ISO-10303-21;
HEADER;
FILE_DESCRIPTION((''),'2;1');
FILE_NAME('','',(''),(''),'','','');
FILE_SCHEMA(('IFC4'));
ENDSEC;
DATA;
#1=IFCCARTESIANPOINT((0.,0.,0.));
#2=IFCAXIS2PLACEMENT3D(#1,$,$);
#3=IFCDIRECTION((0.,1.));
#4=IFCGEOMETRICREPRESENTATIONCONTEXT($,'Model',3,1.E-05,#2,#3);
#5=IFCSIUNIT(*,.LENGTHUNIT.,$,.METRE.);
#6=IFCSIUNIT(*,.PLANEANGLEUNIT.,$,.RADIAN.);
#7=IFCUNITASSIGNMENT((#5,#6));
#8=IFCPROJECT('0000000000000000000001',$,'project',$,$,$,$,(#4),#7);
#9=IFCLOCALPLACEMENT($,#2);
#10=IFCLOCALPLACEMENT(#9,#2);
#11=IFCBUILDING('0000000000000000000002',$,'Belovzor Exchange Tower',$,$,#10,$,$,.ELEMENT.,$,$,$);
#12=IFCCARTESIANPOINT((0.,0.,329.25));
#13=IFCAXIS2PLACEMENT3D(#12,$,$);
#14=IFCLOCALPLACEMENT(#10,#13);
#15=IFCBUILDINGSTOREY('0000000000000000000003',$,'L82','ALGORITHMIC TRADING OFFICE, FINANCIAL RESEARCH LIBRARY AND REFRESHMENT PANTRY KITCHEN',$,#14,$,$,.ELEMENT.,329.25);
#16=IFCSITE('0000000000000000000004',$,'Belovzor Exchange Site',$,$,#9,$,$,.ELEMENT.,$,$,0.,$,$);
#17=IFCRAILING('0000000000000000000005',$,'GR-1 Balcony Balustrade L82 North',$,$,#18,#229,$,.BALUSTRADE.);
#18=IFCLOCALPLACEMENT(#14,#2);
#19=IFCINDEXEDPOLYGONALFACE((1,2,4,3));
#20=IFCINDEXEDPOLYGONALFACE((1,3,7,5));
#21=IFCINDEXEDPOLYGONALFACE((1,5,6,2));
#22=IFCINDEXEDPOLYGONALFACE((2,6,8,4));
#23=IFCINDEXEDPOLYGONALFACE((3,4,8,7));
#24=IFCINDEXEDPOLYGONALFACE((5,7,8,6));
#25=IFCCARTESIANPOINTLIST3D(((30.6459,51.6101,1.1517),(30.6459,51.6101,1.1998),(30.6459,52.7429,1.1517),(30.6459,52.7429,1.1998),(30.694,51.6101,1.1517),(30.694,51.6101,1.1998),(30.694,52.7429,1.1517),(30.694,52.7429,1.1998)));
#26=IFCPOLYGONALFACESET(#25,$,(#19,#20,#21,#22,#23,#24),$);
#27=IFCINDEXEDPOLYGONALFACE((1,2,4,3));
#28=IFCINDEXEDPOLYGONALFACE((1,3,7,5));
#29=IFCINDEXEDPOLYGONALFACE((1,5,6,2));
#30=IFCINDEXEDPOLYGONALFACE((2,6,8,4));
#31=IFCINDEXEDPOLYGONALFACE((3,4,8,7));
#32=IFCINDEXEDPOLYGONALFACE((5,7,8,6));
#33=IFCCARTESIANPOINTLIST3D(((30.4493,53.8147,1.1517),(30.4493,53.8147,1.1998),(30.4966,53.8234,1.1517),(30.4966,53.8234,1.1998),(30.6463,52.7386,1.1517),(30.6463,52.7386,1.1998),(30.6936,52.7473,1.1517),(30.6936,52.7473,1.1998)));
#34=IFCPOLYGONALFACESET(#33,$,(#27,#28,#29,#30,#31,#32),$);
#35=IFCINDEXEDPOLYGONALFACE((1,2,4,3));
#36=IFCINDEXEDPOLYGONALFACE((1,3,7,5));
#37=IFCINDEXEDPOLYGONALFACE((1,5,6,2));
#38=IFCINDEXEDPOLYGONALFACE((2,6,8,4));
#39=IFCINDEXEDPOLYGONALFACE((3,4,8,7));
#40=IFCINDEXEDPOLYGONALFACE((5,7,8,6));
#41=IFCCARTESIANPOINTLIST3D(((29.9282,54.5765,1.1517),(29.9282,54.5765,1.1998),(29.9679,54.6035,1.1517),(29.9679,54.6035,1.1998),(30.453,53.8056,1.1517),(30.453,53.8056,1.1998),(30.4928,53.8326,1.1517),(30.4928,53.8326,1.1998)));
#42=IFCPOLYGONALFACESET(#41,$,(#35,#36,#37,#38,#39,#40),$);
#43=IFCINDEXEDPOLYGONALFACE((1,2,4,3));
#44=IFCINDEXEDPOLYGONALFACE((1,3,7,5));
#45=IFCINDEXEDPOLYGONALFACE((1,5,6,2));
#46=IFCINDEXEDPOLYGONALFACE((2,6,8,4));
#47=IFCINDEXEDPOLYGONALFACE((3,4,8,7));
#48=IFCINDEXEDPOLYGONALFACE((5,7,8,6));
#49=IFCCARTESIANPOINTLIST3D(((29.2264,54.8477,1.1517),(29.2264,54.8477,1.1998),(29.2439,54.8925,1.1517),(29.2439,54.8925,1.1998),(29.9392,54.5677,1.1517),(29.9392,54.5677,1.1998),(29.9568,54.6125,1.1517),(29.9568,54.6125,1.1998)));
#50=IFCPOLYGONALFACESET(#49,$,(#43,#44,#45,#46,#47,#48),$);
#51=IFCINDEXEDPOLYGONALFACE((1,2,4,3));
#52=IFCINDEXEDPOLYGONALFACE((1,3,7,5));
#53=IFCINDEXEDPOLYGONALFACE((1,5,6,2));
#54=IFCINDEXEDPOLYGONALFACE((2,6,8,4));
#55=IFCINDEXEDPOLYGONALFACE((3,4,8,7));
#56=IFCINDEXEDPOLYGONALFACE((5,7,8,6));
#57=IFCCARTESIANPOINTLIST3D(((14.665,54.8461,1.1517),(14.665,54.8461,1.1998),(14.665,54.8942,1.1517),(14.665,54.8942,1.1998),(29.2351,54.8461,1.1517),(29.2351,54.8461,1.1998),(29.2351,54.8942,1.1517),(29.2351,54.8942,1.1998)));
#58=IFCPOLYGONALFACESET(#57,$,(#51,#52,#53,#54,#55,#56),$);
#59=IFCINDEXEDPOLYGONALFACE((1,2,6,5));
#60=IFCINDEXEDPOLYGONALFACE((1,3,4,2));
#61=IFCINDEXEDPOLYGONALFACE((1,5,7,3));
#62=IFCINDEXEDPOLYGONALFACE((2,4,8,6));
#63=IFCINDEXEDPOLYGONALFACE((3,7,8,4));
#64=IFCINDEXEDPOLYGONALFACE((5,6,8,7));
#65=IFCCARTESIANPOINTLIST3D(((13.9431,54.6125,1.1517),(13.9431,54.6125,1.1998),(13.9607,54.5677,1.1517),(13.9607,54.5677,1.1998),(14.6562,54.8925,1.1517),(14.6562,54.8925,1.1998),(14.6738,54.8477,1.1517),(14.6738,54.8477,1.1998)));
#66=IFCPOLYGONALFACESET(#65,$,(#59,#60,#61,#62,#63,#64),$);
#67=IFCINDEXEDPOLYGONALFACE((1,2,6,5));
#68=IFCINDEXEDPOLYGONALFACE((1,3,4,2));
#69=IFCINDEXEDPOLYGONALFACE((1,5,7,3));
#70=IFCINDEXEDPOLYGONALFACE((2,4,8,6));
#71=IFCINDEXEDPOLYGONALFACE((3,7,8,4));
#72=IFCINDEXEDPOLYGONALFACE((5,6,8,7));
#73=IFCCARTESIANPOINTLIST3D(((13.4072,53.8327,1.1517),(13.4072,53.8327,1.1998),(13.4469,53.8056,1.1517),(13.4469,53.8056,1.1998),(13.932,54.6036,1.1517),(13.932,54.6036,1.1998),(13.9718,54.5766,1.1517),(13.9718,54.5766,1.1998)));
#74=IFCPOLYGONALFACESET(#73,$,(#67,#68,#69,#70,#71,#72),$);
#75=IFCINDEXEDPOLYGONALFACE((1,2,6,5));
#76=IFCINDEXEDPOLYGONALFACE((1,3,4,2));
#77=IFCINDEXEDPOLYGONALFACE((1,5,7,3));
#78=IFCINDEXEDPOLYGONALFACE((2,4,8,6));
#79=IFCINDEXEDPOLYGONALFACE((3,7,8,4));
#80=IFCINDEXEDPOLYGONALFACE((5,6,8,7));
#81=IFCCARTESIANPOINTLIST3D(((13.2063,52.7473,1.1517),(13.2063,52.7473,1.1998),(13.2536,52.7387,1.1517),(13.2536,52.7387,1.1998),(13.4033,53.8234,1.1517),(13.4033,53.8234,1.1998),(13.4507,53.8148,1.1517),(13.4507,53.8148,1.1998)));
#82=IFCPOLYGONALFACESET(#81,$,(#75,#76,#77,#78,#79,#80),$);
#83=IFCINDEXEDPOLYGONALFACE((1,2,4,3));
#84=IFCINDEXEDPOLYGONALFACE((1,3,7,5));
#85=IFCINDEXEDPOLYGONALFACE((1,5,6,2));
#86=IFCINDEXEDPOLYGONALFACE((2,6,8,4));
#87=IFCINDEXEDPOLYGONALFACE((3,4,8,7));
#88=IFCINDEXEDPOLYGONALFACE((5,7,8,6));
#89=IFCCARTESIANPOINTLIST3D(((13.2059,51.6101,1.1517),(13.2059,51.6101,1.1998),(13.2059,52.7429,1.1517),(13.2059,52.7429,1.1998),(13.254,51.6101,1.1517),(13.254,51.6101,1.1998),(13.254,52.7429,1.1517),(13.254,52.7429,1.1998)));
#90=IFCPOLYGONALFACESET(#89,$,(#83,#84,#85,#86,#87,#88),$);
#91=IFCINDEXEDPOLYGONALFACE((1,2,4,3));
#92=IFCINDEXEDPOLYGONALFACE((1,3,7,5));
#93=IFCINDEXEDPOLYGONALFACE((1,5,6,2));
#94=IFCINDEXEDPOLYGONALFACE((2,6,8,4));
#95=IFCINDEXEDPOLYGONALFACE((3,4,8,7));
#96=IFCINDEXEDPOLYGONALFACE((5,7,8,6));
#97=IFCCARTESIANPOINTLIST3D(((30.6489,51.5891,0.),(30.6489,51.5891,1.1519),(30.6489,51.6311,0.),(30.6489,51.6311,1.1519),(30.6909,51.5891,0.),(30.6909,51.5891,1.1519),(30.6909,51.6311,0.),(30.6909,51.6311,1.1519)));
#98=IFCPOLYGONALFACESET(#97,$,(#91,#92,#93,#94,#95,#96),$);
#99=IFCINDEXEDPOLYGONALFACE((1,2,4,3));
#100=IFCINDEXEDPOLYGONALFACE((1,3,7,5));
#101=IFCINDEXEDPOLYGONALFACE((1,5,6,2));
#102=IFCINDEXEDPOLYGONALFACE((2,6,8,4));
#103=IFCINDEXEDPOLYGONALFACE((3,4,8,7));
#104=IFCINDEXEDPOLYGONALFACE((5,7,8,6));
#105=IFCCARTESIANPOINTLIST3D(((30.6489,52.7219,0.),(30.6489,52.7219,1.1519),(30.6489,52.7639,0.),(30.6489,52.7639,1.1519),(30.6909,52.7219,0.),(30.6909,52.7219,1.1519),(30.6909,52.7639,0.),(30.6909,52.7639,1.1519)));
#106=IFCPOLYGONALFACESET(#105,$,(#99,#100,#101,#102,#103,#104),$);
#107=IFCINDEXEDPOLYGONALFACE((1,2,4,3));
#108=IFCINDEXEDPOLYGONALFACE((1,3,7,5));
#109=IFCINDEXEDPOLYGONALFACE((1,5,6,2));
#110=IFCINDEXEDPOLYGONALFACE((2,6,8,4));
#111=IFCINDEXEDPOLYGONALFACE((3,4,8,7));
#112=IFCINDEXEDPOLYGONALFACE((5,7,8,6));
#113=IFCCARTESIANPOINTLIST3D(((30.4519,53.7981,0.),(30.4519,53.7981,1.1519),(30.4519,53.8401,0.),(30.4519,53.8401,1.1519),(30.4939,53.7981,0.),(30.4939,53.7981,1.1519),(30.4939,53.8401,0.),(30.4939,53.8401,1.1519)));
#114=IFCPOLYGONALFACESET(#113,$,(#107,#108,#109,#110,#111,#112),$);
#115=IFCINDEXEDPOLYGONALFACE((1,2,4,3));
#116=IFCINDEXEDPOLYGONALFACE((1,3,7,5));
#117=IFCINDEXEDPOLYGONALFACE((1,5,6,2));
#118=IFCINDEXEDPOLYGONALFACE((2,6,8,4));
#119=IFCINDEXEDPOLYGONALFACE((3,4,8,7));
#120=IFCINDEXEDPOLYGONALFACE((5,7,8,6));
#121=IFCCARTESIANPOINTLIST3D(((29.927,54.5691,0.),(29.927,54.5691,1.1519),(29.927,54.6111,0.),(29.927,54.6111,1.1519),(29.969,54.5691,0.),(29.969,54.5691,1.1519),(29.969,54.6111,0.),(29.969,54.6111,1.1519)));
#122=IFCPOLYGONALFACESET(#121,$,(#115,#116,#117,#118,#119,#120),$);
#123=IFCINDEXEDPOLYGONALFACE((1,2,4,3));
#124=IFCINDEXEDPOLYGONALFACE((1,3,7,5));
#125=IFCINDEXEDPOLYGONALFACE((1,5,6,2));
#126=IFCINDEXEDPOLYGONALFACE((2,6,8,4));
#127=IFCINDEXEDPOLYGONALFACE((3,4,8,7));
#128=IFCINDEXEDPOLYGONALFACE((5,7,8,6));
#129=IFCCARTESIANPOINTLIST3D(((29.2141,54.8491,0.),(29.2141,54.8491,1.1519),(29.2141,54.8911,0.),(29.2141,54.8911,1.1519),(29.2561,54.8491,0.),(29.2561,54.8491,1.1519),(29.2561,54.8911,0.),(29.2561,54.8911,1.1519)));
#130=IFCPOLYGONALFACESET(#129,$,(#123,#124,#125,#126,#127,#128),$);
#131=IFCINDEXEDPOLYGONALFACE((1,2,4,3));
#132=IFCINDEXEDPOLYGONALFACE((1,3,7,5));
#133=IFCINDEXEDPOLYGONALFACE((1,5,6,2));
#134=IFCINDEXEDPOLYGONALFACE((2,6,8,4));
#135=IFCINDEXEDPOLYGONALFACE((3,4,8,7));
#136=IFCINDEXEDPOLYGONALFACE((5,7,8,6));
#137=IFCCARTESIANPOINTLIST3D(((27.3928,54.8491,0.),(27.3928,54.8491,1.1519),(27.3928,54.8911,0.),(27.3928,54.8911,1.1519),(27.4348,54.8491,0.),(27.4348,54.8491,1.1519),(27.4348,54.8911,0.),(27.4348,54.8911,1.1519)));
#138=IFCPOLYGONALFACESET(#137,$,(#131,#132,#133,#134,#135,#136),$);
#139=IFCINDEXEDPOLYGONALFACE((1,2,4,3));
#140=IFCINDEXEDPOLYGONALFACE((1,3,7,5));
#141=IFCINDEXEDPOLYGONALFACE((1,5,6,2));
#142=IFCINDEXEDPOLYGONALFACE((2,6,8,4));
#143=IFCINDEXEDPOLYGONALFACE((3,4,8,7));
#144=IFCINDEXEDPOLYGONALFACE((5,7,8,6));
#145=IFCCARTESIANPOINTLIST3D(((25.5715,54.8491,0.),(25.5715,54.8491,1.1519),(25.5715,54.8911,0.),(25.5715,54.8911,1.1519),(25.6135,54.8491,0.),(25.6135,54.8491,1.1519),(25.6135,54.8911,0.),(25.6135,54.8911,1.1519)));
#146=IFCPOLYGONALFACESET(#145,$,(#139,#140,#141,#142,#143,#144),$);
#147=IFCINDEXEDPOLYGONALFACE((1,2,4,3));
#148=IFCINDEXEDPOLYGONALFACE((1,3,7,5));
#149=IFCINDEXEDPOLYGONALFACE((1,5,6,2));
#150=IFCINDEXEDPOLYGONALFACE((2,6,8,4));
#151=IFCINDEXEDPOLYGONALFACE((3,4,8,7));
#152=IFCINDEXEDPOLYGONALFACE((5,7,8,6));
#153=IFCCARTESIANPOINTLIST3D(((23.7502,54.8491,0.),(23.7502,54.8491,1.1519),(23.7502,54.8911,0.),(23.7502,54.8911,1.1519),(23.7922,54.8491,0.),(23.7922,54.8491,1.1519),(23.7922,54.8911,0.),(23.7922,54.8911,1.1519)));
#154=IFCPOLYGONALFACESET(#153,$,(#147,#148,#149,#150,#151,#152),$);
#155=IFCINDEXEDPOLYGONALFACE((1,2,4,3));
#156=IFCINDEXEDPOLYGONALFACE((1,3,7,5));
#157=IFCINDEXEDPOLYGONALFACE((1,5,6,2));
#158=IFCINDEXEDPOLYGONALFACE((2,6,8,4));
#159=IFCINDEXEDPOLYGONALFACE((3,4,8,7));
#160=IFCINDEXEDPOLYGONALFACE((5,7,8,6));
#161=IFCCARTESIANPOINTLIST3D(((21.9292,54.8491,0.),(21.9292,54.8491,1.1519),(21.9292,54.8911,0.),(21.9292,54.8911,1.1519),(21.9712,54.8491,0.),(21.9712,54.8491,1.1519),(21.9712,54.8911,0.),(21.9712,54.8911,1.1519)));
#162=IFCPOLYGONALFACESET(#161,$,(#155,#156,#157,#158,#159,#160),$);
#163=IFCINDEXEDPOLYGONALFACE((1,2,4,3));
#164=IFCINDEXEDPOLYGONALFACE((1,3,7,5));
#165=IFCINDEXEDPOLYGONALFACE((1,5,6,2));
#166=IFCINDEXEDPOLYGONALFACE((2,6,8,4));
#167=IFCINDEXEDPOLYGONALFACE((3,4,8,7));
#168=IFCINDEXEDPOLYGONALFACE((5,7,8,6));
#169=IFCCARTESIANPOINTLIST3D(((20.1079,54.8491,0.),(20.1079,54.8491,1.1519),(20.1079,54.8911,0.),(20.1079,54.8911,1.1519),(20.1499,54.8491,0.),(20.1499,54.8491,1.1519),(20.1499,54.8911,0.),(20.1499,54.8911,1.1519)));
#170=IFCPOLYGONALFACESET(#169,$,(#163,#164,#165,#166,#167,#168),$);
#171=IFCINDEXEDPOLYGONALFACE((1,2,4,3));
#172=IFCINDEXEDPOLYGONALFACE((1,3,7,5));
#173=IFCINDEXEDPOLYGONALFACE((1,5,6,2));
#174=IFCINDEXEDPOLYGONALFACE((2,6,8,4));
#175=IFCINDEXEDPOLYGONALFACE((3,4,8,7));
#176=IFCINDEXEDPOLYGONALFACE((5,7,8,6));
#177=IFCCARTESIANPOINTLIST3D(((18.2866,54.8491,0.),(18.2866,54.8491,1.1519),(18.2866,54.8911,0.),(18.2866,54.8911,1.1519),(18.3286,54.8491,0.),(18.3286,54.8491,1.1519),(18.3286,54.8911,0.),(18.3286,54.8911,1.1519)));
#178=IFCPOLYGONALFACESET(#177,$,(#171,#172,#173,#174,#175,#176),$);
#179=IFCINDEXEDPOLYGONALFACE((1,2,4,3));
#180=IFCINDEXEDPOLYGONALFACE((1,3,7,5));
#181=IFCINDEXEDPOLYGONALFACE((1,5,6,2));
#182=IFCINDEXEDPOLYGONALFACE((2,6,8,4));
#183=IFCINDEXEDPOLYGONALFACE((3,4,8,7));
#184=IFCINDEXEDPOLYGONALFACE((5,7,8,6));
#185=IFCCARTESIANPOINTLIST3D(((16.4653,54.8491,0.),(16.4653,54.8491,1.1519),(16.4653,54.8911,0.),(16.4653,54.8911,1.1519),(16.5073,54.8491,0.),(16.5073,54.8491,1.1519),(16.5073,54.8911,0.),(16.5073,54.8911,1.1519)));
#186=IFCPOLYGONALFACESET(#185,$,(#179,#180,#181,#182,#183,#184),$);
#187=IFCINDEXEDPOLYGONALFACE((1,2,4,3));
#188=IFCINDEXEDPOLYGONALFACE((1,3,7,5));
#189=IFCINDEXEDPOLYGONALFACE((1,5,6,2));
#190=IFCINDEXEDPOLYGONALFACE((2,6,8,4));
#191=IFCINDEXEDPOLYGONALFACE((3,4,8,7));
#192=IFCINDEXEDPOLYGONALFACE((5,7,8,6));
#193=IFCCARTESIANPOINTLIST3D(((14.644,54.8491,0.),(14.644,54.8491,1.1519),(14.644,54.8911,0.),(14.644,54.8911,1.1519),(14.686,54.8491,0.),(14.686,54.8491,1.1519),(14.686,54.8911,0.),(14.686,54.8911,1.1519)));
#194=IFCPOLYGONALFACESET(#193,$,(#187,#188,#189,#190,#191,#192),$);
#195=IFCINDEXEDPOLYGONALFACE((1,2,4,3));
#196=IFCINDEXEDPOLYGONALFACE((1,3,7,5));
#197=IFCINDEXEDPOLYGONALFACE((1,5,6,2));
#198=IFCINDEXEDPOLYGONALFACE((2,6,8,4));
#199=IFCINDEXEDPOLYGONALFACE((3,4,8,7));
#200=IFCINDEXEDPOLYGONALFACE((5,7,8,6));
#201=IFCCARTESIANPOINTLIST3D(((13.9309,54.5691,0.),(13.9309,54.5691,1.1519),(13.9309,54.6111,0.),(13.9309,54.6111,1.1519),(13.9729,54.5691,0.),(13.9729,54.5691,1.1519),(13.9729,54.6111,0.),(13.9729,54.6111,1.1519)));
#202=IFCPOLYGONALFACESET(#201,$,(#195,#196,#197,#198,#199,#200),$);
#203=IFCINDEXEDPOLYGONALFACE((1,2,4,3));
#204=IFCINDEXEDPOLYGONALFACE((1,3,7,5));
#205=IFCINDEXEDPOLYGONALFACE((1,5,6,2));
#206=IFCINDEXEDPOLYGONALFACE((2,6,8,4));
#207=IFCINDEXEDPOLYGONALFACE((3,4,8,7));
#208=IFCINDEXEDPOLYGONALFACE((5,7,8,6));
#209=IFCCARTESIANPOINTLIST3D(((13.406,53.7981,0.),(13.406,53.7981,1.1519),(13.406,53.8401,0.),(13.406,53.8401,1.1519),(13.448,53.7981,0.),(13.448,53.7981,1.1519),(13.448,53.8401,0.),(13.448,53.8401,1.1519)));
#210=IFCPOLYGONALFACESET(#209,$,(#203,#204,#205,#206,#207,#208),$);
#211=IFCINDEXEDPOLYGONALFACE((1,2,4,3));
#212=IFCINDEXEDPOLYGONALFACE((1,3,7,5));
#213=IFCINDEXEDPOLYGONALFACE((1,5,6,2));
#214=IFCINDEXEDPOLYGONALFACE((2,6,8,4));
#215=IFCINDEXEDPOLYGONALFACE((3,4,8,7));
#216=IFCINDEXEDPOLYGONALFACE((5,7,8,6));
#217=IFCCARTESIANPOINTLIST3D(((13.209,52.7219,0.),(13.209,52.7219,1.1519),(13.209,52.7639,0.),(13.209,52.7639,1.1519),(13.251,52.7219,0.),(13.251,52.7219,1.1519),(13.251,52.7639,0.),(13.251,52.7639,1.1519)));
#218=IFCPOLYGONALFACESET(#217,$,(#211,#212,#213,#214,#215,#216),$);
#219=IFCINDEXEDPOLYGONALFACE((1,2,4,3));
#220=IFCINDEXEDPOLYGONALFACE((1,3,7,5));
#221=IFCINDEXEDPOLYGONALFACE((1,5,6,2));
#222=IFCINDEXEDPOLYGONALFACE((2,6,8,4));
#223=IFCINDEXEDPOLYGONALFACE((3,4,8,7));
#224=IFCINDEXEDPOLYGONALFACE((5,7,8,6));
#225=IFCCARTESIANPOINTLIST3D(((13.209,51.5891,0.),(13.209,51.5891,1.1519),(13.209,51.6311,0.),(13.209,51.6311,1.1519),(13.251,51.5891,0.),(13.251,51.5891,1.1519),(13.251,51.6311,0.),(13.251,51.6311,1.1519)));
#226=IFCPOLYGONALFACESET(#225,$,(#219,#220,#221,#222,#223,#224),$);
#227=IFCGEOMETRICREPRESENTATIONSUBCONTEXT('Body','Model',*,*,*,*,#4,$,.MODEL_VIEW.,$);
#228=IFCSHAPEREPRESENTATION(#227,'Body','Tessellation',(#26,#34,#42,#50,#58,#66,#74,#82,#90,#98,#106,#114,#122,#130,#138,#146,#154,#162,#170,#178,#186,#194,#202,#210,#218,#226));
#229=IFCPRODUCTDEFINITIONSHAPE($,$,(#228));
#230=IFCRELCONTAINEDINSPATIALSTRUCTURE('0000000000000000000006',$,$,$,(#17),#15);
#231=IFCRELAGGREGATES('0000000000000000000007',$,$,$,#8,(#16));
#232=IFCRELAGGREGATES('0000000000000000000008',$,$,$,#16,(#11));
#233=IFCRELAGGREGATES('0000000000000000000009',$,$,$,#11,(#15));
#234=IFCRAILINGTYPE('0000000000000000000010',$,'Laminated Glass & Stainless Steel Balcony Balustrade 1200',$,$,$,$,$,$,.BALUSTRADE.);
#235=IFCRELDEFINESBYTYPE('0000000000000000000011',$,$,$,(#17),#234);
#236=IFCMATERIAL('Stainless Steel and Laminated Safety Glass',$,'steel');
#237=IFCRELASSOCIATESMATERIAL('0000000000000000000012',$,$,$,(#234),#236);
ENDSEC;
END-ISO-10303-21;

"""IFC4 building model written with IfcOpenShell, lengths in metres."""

from ifc_helpers import new_model, si_unit, direction, frame, origin, origin_2d, place, context, subcontext, project, spatial, rectangle, extrude, material, type_object, element, save


model = new_model("IFC4")

# Units and contexts
model_context = context("Model", 3, precision=1e-05, world=origin(), true_north=direction((0.0, 1.0)))
body_context = subcontext(model_context, "Body", "Model", "MODEL_VIEW")
ifc_project = project(units=[si_unit("LENGTHUNIT", "METRE"), si_unit("PLANEANGLEUNIT", "RADIAN")], contexts=[model_context])

# Site, building, storey
site_placement = place(None, origin())
site = spatial("IfcSite", under=ifc_project, at=site_placement, Name="Belovzor Exchange Site", CompositionType="ELEMENT", RefElevation=0.0)
building_placement = place(site_placement, origin())
building = spatial("IfcBuilding", under=site, at=building_placement, Name="Belovzor Exchange Tower", CompositionType="ELEMENT")
storey_placement = place(building_placement, frame((0.0, 0.0, 329.25)))
storey = spatial("IfcBuildingStorey", under=building, at=storey_placement, Name="L82", Description="ALGORITHMIC TRADING OFFICE, FINANCIAL RESEARCH LIBRARY AND REFRESHMENT PANTRY KITCHEN", CompositionType="ELEMENT", Elevation=329.25)

# Railing
ifc_material_1 = material(Name="Stainless Steel and Laminated Safety Glass", Category="steel")
railing_type = type_object("IfcRailingType", Name="Laminated Glass & Stainless Steel Balcony Balustrade 1200", PredefinedType="BALUSTRADE", material=ifc_material_1)
railing_placement = place(storey_placement, frame((30.6699, 51.6101, 0.0)))
element("IfcRailing", 1, at=railing_placement, inside=storey, type_object=railing_type, Name="GR-1 Balcony Balustrade L82 North", PredefinedType="BALUSTRADE", context=body_context, shape_type="SweptSolid", body=[
    extrude(rectangle(XDim=0.0481, YDim=0.0481, at=origin_2d()), frame((0.0, 0.0, 1.1758), z_axis=(0.0, 1.0, 0.0), x_axis=(-1.0, 0.0, 0.0)), (0.0, 0.0, 1.0), 1.1328),
    extrude(rectangle(XDim=0.0481, YDim=0.0481, at=origin_2d()), frame((0.0, 1.1328, 1.1758), z_axis=(-0.180083, 0.983651, 0.0), x_axis=(-0.983651, -0.180083, 0.0)), (0.0, 0.0, 1.0), 1.094),
    extrude(rectangle(XDim=0.0481, YDim=0.0481, at=origin_2d()), frame((-0.197, 2.209, 1.1758), z_axis=(-0.562768, 0.826615, 0.0), x_axis=(-0.826615, -0.562768, 0.0)), (0.0, 0.0, 1.0), 0.9326),
    extrude(rectangle(XDim=0.0481, YDim=0.0481, at=origin_2d()), frame((-0.7219, 2.98, 1.1758), z_axis=(-0.930767, 0.365613, 0.0), x_axis=(-0.365613, -0.930767, 0.0)), (0.0, 0.0, 1.0), 0.7659),
    extrude(rectangle(XDim=0.0481, YDim=0.0481, at=origin_2d()), frame((-1.4348, 3.26, 1.1758), z_axis=(-1.0, 0.0, 0.0), x_axis=(0.0, -1.0, 0.0)), (0.0, 0.0, 1.0), 14.5701),
    extrude(rectangle(XDim=0.0481, YDim=0.0481, at=origin_2d()), frame((-16.0049, 3.26, 1.1758), z_axis=(-0.93081, -0.365504, 0.0), x_axis=(0.365504, -0.93081, 0.0)), (0.0, 0.0, 1.0), 0.7661),
    extrude(rectangle(XDim=0.0481, YDim=0.0481, at=origin_2d()), frame((-16.718, 2.98, 1.1758), z_axis=(-0.562768, -0.826615, 0.0), x_axis=(0.826615, -0.562768, 0.0)), (0.0, 0.0, 1.0), 0.9326),
    extrude(rectangle(XDim=0.0481, YDim=0.0481, at=origin_2d()), frame((-17.2429, 2.209, 1.1758), z_axis=(-0.180083, -0.983651, 0.0), x_axis=(0.983651, -0.180083, 0.0)), (0.0, 0.0, 1.0), 1.094),
    extrude(rectangle(XDim=0.0481, YDim=0.0481, at=origin_2d()), frame((-17.4399, 1.1328, 1.1758), z_axis=(0.0, -1.0, 0.0), x_axis=(1.0, 0.0, 0.0)), (0.0, 0.0, 1.0), 1.1328),
    extrude(rectangle(XDim=0.042, YDim=0.042, at=origin_2d()), origin(), (0.0, 0.0, 1.0), 1.1519),
    extrude(rectangle(XDim=0.042, YDim=0.042, at=origin_2d()), frame((0.0, 1.1328, 0.0)), (0.0, 0.0, 1.0), 1.1519),
    extrude(rectangle(XDim=0.042, YDim=0.042, at=origin_2d()), frame((-0.197, 2.209, 0.0)), (0.0, 0.0, 1.0), 1.1519),
    extrude(rectangle(XDim=0.042, YDim=0.042, at=origin_2d()), frame((-0.7219, 2.98, 0.0)), (0.0, 0.0, 1.0), 1.1519),
    extrude(rectangle(XDim=0.042, YDim=0.042, at=origin_2d()), frame((-1.4348, 3.26, 0.0)), (0.0, 0.0, 1.0), 1.1519),
    extrude(rectangle(XDim=0.042, YDim=0.042, at=origin_2d()), frame((-3.2561, 3.26, 0.0)), (0.0, 0.0, 1.0), 1.1519),
    extrude(rectangle(XDim=0.042, YDim=0.042, at=origin_2d()), frame((-5.0774, 3.26, 0.0)), (0.0, 0.0, 1.0), 1.1519),
    extrude(rectangle(XDim=0.042, YDim=0.042, at=origin_2d()), frame((-6.8987, 3.26, 0.0)), (0.0, 0.0, 1.0), 1.1519),
    extrude(rectangle(XDim=0.042, YDim=0.042, at=origin_2d()), frame((-8.7197, 3.26, 0.0)), (0.0, 0.0, 1.0), 1.1519),
    extrude(rectangle(XDim=0.042, YDim=0.042, at=origin_2d()), frame((-10.541, 3.26, 0.0)), (0.0, 0.0, 1.0), 1.1519),
    extrude(rectangle(XDim=0.042, YDim=0.042, at=origin_2d()), frame((-12.3623, 3.26, 0.0)), (0.0, 0.0, 1.0), 1.1519),
    extrude(rectangle(XDim=0.042, YDim=0.042, at=origin_2d()), frame((-14.1836, 3.26, 0.0)), (0.0, 0.0, 1.0), 1.1519),
    extrude(rectangle(XDim=0.042, YDim=0.042, at=origin_2d()), frame((-16.0049, 3.26, 0.0)), (0.0, 0.0, 1.0), 1.1519),
    extrude(rectangle(XDim=0.042, YDim=0.042, at=origin_2d()), frame((-16.718, 2.98, 0.0)), (0.0, 0.0, 1.0), 1.1519),
    extrude(rectangle(XDim=0.042, YDim=0.042, at=origin_2d()), frame((-17.2429, 2.209, 0.0)), (0.0, 0.0, 1.0), 1.1519),
    extrude(rectangle(XDim=0.042, YDim=0.042, at=origin_2d()), frame((-17.4399, 1.1328, 0.0)), (0.0, 0.0, 1.0), 1.1519),
    extrude(rectangle(XDim=0.042, YDim=0.042, at=origin_2d()), frame((-17.4399, 0.0, 0.0)), (0.0, 0.0, 1.0), 1.1519),
])

save(model, "model.ifc")
